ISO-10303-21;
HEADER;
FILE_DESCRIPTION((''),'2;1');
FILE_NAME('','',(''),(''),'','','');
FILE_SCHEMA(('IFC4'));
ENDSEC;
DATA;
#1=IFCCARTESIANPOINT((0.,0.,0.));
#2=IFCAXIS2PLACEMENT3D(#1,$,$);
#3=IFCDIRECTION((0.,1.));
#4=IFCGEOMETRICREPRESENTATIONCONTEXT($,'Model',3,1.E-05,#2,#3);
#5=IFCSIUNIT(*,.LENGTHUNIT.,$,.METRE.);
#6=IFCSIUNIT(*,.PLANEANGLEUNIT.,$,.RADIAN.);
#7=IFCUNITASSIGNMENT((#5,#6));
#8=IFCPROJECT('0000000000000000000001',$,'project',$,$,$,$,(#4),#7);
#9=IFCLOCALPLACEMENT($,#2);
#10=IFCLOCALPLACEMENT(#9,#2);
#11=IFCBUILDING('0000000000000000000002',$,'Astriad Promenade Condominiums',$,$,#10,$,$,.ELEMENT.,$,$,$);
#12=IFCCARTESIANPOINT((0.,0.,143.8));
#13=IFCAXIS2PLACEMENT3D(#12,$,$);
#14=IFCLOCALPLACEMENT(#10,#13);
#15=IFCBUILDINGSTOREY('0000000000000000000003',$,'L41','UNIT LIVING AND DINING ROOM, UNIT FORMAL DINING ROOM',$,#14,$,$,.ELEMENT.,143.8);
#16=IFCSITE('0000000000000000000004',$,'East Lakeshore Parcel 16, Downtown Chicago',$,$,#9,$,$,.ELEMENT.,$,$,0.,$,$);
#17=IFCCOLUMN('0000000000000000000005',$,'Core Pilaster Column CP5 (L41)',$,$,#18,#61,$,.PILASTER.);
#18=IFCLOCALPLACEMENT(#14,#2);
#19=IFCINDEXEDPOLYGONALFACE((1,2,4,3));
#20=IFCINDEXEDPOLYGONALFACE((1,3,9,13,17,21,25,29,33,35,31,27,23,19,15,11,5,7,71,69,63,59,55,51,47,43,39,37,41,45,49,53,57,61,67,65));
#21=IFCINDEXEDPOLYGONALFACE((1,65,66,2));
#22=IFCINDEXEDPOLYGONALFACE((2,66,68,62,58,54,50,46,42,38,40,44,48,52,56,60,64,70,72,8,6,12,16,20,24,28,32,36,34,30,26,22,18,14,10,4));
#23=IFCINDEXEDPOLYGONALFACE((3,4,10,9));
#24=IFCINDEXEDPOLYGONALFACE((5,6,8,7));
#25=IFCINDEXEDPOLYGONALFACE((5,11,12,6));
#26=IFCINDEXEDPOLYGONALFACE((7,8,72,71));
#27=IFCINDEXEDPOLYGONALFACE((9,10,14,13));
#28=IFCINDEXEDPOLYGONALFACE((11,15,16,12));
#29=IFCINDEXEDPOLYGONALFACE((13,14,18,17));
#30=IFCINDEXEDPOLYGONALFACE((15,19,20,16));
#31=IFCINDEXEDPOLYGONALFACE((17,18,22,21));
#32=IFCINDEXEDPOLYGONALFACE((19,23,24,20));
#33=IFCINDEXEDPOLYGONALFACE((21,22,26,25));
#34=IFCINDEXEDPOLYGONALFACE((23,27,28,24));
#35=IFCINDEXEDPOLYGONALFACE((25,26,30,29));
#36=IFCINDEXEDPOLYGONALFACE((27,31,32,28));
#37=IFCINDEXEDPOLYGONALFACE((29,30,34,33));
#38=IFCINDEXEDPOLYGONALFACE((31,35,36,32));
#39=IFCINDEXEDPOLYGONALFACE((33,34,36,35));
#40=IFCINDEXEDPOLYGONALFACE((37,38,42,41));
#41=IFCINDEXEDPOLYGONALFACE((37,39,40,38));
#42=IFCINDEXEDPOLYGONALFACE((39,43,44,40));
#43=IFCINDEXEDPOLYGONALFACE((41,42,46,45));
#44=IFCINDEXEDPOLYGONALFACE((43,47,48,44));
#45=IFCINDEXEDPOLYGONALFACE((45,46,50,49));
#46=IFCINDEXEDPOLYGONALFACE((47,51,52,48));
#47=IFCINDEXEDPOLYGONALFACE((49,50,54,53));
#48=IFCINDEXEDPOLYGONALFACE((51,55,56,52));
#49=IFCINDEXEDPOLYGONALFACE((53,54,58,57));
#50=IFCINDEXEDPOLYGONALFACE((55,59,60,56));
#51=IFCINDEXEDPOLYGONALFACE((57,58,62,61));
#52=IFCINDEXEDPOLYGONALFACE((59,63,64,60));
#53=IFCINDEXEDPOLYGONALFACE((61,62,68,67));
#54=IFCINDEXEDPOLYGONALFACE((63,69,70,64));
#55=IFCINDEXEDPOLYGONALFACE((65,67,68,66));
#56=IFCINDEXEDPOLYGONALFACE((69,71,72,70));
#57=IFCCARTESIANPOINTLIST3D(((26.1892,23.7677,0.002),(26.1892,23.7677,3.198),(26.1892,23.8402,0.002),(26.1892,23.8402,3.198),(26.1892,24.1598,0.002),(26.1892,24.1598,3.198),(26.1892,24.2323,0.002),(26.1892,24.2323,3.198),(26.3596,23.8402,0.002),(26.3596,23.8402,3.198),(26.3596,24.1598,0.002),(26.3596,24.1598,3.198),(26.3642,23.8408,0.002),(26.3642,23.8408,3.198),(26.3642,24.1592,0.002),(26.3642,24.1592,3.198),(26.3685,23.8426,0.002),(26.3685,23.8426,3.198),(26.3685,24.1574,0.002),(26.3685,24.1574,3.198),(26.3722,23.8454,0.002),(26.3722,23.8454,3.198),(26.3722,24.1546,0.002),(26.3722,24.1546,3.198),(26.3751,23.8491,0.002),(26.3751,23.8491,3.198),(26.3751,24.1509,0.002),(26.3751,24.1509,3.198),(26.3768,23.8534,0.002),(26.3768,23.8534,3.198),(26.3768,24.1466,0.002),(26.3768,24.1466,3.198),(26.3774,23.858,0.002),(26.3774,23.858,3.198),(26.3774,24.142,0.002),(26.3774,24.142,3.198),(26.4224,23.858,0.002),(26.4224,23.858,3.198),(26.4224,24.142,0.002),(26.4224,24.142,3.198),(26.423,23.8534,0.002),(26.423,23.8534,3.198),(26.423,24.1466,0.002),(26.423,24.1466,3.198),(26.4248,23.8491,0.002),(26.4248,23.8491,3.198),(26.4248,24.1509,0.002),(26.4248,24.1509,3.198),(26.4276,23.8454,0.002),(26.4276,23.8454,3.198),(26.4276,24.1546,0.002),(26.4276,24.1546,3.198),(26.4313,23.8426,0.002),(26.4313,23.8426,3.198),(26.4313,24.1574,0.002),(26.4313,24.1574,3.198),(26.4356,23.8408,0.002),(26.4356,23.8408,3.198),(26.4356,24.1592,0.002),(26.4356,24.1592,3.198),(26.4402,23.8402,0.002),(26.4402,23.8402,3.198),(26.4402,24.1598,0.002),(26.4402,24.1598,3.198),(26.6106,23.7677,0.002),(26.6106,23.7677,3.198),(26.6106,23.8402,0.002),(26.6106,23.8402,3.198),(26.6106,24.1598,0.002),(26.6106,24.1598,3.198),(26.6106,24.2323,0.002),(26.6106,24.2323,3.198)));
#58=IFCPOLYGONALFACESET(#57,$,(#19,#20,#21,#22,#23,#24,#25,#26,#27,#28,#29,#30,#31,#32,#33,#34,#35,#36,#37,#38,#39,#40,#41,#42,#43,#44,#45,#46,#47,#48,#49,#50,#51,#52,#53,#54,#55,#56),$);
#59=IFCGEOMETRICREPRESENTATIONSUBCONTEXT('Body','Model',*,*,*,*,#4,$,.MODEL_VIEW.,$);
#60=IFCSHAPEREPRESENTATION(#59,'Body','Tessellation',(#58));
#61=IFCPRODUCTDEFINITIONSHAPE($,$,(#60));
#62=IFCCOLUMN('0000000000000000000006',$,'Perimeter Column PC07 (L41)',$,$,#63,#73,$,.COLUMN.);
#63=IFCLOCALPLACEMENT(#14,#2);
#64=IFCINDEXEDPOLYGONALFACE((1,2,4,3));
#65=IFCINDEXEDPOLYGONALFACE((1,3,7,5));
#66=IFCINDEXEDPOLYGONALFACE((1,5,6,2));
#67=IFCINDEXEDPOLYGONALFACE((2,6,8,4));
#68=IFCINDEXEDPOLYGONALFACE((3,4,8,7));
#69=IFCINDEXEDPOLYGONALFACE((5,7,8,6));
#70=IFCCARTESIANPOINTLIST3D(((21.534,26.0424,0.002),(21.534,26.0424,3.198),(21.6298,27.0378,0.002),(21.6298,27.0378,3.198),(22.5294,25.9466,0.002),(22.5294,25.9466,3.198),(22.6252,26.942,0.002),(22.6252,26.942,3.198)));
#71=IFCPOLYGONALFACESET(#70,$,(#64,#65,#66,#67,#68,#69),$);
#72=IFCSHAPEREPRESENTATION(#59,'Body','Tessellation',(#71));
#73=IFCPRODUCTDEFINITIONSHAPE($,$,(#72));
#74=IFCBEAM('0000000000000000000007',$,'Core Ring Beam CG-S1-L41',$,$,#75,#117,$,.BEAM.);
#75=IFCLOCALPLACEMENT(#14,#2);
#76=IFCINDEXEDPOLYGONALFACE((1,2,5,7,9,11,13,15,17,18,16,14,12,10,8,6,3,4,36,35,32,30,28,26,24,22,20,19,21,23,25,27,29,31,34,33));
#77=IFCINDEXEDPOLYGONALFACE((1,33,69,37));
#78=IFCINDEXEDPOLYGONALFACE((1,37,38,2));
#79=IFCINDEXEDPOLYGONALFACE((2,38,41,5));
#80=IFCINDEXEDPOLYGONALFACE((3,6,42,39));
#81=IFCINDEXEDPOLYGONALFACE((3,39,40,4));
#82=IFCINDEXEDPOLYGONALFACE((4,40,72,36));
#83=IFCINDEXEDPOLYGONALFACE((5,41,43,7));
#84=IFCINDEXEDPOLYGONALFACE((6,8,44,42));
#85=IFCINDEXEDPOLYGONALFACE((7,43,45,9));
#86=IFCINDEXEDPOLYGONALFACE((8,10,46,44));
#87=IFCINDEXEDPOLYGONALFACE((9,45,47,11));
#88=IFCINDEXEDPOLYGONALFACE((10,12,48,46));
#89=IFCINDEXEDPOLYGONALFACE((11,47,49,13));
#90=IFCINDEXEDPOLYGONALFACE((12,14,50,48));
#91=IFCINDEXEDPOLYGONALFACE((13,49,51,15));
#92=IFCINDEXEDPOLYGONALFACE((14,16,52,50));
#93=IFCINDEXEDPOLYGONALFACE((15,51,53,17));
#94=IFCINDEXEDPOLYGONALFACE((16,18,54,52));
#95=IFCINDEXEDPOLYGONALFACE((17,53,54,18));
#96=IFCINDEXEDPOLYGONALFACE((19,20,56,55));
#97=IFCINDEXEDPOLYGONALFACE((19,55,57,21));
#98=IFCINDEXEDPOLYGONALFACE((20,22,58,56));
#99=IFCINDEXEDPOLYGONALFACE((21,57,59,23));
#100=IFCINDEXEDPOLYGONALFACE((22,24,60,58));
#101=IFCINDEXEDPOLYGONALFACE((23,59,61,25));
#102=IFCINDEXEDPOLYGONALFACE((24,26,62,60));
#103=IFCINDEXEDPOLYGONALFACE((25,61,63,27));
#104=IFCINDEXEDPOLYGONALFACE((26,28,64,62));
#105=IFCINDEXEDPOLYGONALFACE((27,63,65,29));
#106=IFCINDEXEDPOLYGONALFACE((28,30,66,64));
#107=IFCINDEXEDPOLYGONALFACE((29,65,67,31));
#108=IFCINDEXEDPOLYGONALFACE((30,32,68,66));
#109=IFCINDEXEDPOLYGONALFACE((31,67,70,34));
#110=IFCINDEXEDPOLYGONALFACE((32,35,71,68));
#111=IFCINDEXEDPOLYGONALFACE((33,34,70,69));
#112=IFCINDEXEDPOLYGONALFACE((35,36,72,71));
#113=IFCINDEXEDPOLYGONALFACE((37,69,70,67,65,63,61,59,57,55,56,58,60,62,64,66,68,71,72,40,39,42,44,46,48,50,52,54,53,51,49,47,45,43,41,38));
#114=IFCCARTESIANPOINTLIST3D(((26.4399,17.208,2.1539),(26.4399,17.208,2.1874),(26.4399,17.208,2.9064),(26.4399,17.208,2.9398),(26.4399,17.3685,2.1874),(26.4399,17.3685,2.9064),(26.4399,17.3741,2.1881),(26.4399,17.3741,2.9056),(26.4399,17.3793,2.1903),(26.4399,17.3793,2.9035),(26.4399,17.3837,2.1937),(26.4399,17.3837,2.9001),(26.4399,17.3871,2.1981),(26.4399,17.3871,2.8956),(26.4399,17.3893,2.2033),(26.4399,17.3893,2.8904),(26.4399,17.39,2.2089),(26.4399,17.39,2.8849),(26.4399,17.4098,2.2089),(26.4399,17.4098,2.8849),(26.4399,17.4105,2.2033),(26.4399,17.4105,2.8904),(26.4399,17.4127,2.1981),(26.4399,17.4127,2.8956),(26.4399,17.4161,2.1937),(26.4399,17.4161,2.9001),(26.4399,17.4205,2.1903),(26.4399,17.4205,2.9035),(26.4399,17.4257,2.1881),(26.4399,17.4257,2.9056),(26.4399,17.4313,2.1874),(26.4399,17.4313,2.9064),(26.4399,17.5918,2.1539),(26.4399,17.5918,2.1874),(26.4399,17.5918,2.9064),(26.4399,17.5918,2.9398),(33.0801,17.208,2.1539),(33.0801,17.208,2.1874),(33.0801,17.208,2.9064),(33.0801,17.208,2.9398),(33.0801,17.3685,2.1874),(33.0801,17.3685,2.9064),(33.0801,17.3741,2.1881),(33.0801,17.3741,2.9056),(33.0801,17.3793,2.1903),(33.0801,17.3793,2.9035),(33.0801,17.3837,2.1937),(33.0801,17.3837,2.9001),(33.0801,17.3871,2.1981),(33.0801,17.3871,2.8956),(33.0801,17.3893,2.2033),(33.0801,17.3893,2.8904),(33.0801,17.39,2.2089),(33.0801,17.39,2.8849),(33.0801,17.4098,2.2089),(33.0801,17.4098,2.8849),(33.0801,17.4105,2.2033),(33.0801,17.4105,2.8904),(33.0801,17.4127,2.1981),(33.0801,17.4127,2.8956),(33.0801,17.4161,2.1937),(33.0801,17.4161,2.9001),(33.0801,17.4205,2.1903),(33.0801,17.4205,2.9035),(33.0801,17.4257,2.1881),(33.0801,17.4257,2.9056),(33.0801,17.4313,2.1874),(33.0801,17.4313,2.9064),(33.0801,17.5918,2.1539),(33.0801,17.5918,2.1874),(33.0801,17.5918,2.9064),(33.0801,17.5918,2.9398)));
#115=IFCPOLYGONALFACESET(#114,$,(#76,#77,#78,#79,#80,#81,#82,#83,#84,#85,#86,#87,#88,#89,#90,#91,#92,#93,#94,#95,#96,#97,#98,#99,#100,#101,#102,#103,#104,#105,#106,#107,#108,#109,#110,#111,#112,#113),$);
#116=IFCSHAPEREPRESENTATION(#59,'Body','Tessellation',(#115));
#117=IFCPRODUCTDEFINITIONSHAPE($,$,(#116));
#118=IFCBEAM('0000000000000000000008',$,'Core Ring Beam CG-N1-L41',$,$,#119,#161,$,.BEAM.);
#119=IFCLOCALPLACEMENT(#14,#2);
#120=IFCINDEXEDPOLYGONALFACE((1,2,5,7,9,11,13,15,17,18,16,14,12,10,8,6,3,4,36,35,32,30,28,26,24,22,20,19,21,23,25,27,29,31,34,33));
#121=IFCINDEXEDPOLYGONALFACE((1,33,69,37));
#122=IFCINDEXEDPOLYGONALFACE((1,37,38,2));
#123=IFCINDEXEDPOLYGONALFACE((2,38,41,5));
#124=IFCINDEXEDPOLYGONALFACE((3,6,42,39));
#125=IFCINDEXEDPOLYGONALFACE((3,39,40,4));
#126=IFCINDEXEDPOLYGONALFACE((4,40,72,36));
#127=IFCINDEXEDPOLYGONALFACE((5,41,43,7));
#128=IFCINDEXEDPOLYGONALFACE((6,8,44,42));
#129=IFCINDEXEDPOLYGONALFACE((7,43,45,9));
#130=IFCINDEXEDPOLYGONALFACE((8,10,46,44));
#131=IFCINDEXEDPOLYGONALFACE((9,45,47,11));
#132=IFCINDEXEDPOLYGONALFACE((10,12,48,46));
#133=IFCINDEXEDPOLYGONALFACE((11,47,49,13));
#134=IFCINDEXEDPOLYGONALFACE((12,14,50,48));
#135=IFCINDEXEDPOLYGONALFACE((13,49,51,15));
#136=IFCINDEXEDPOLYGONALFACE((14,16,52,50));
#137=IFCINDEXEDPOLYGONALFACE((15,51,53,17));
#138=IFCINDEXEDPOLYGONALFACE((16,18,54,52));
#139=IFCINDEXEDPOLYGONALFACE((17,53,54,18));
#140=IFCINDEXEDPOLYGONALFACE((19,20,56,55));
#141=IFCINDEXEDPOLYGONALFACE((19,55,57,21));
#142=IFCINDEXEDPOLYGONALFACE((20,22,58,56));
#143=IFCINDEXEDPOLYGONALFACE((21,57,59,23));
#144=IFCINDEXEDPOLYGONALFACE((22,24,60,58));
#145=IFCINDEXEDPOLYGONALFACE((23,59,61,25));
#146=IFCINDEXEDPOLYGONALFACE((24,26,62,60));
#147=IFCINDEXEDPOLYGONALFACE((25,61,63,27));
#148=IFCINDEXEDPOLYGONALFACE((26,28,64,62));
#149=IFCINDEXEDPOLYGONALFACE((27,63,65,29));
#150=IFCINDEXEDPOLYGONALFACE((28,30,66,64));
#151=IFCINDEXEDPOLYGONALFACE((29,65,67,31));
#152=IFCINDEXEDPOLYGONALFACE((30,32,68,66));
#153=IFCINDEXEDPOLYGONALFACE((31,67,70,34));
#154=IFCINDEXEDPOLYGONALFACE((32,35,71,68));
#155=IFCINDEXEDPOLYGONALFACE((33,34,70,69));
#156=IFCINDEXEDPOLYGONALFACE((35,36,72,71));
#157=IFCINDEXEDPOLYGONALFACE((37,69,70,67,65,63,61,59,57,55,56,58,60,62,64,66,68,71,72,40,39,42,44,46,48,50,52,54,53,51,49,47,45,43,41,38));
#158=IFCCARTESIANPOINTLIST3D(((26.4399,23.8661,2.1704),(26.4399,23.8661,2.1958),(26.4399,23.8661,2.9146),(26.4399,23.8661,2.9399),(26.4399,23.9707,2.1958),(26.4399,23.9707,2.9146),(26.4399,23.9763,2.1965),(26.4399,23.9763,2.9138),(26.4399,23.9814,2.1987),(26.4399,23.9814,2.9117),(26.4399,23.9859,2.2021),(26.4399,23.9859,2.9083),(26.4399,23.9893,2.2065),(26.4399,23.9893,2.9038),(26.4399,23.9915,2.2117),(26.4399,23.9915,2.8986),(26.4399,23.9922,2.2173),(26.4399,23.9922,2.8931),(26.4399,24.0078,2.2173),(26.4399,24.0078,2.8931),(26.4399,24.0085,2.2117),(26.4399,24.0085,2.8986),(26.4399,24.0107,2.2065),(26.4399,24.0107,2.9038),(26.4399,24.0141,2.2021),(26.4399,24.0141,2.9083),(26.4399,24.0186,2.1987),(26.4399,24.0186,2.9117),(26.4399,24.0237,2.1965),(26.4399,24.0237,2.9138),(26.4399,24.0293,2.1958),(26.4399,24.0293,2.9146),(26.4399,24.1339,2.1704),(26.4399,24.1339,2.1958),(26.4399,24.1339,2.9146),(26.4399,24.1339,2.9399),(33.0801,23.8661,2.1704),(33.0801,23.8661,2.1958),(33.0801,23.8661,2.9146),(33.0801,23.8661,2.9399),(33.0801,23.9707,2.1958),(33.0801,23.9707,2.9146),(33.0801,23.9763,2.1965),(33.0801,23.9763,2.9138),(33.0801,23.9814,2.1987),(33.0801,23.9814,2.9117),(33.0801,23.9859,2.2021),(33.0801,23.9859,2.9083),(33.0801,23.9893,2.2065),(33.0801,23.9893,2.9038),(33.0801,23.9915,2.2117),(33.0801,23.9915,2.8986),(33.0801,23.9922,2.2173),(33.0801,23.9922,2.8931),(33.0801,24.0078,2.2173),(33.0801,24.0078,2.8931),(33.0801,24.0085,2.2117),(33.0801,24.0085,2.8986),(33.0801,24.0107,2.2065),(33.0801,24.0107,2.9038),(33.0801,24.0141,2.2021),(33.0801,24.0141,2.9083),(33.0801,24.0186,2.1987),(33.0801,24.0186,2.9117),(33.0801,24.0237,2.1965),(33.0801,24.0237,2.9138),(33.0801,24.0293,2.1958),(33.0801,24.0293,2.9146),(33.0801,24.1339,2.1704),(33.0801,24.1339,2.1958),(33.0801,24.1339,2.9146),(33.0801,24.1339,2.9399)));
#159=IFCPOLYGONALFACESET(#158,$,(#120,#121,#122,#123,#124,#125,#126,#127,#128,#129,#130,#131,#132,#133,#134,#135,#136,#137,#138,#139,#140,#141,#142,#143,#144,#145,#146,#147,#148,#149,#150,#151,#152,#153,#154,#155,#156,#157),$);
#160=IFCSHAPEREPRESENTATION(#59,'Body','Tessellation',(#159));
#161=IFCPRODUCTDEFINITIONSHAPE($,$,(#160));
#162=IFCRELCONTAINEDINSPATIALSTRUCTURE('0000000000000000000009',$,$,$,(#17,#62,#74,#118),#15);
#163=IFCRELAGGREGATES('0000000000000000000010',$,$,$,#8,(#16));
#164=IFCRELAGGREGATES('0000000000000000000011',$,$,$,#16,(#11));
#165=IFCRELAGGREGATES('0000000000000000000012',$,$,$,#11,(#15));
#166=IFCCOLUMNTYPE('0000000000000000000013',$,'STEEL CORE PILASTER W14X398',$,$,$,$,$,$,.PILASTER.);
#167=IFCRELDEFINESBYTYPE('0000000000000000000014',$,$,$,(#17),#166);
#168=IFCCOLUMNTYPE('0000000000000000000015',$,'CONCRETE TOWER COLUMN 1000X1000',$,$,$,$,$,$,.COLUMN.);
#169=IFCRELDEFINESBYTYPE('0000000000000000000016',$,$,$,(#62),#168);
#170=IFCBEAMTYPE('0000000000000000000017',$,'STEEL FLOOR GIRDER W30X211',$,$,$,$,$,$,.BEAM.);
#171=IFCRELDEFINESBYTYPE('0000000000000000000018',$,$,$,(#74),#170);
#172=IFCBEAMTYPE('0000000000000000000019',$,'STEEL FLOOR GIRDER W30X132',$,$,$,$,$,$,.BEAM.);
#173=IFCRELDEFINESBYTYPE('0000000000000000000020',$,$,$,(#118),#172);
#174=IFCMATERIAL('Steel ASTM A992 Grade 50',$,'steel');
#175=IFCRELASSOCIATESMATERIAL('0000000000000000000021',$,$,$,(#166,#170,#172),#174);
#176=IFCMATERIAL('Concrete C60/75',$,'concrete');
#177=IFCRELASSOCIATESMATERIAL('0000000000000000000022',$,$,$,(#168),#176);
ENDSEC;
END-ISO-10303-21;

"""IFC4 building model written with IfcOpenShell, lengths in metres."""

from ifc_helpers import new_model, si_unit, direction, frame, origin, origin_2d, place, context, subcontext, project, spatial, rectangle, i_section, extrude, source, transform, mapped, material, material_profile, profile_set, type_object, type_shapes, element, save


model = new_model("IFC4")

# Units and contexts
model_context = context("Model", 3, precision=1e-05, world=origin(), true_north=direction((0.0, 1.0)))
body_context = subcontext(model_context, "Body", "Model", "MODEL_VIEW")
ifc_project = project(units=[si_unit("LENGTHUNIT", "METRE"), si_unit("PLANEANGLEUNIT", "RADIAN")], contexts=[model_context])

# Site, building, storey
site_placement = place(None, origin())
site = spatial("IfcSite", under=ifc_project, at=site_placement, Name="East Lakeshore Parcel 16, Downtown Chicago", CompositionType="ELEMENT", RefElevation=0.0)
building_placement = place(site_placement, origin())
building = spatial("IfcBuilding", under=site, at=building_placement, Name="Astriad Promenade Condominiums", CompositionType="ELEMENT")
storey_placement = place(building_placement, frame((0.0, 0.0, 143.8)))
storey = spatial("IfcBuildingStorey", under=building, at=storey_placement, Name="L41", Description="UNIT LIVING AND DINING ROOM, UNIT FORMAL DINING ROOM", CompositionType="ELEMENT", Elevation=143.8)

# Columns
ifc_material_1 = material(Name="Steel ASTM A992 Grade 50", Category="steel")
ifc_material_profile_1 = material_profile(ifc_material_1, i_section(OverallWidth=0.4214, OverallDepth=0.4646, WebThickness=0.0449, FlangeThickness=0.0725, FilletRadius=0.0178, at=origin_2d()), Name="W14X398")
ifc_profile_set_1 = profile_set([ifc_material_profile_1], Name="Steel ASTM A992 Grade 50")
column_type_1 = type_object("IfcColumnType", Name="STEEL CORE PILASTER W14X398", PredefinedType="PILASTER", material=ifc_profile_set_1)
shared_shape_1 = source(origin(), body_context, "Body", "SweptSolid", [
    extrude(i_section(OverallWidth=0.4214, OverallDepth=0.4646, WebThickness=0.0449, FlangeThickness=0.0725, FilletRadius=0.0178, at=origin_2d()), origin(), (0.0, 0.0, 1.0), 3.196),
])
type_shapes(column_type_1, [shared_shape_1])
column_1_placement = place(storey_placement, frame((26.3999, 24.0, 0.002), z_axis=(0.0, 0.0, 1.0), x_axis=(1.0, 0.0, 0.0)))
element("IfcColumn", 1, at=column_1_placement, inside=storey, type_object=column_type_1, Name="Core Pilaster Column CP5 (L41)", PredefinedType="PILASTER", context=body_context, shape_type="MappedRepresentation", body=[
    mapped(shared_shape_1, transform((0.0, 0.0, 0.0), scale=1.0)),
])
ifc_material_2 = material(Name="Concrete C60/75", Category="concrete")
ifc_material_profile_2 = material_profile(ifc_material_2, rectangle(XDim=1.0, YDim=1.0, at=origin_2d()), Name="RC-COL-1000X1000")
ifc_profile_set_2 = profile_set([ifc_material_profile_2], Name="Concrete C60/75")
column_type_2 = type_object("IfcColumnType", Name="CONCRETE TOWER COLUMN 1000X1000", PredefinedType="COLUMN", material=ifc_profile_set_2)
shared_shape_2 = source(origin(), body_context, "Body", "SweptSolid", [
    extrude(rectangle(XDim=1.0, YDim=1.0, at=origin_2d()), origin(), (0.0, 0.0, 1.0), 3.196),
])
type_shapes(column_type_2, [shared_shape_2])
column_2_placement = place(storey_placement, frame((22.0796, 26.4922, 0.002), z_axis=(0.0, 0.0, 1.0), x_axis=(0.995396, -0.095846, 0.0)))
element("IfcColumn", 2, at=column_2_placement, inside=storey, type_object=column_type_2, Name="Perimeter Column PC07 (L41)", PredefinedType="COLUMN", context=body_context, shape_type="MappedRepresentation", body=[
    mapped(shared_shape_2, transform((0.0, 0.0, 0.0), scale=1.0)),
])

# Beams
ifc_material_profile_3 = material_profile(ifc_material_1, i_section(OverallWidth=0.3838, OverallDepth=0.7859, WebThickness=0.0198, FlangeThickness=0.0334, FilletRadius=0.0215, at=origin_2d()), Name="W30X211")
ifc_profile_set_3 = profile_set([ifc_material_profile_3], Name="Steel ASTM A992 Grade 50")
beam_type_1 = type_object("IfcBeamType", Name="STEEL FLOOR GIRDER W30X211", PredefinedType="BEAM", material=ifc_profile_set_3)
shared_shape_3 = source(origin(), body_context, "Body", "SweptSolid", [
    extrude(i_section(OverallWidth=0.3838, OverallDepth=0.7859, WebThickness=0.0198, FlangeThickness=0.0334, FilletRadius=0.0215, at=origin_2d()), origin(), (0.0, 0.0, 1.0), 6.6401),
])
type_shapes(beam_type_1, [shared_shape_3])
beam_1_placement = place(storey_placement, frame((26.4399, 17.3999, 2.5469), z_axis=(1.0, 0.0, 0.0), x_axis=(0.0, 1.0, 0.0)))
element("IfcBeam", 3, at=beam_1_placement, inside=storey, type_object=beam_type_1, Name="Core Ring Beam CG-S1-L41", PredefinedType="BEAM", context=body_context, shape_type="MappedRepresentation", body=[
    mapped(shared_shape_3, transform((0.0, 0.0, 0.0), scale=1.0)),
])
ifc_material_profile_4 = material_profile(ifc_material_1, i_section(OverallWidth=0.2678, OverallDepth=0.7695, WebThickness=0.0156, FlangeThickness=0.0254, FilletRadius=0.0215, at=origin_2d()), Name="W30X132")
ifc_profile_set_4 = profile_set([ifc_material_profile_4], Name="Steel ASTM A992 Grade 50")
beam_type_2 = type_object("IfcBeamType", Name="STEEL FLOOR GIRDER W30X132", PredefinedType="BEAM", material=ifc_profile_set_4)
shared_shape_4 = source(origin(), body_context, "Body", "SweptSolid", [
    extrude(i_section(OverallWidth=0.2678, OverallDepth=0.7695, WebThickness=0.0156, FlangeThickness=0.0254, FilletRadius=0.0215, at=origin_2d()), origin(), (0.0, 0.0, 1.0), 6.6401),
])
type_shapes(beam_type_2, [shared_shape_4])
beam_2_placement = place(storey_placement, frame((26.4399, 24.0, 2.5552), z_axis=(1.0, 0.0, 0.0), x_axis=(0.0, 1.0, 0.0)))
element("IfcBeam", 4, at=beam_2_placement, inside=storey, type_object=beam_type_2, Name="Core Ring Beam CG-N1-L41", PredefinedType="BEAM", context=body_context, shape_type="MappedRepresentation", body=[
    mapped(shared_shape_4, transform((0.0, 0.0, 0.0), scale=1.0)),
])

save(model, "model.ifc")
